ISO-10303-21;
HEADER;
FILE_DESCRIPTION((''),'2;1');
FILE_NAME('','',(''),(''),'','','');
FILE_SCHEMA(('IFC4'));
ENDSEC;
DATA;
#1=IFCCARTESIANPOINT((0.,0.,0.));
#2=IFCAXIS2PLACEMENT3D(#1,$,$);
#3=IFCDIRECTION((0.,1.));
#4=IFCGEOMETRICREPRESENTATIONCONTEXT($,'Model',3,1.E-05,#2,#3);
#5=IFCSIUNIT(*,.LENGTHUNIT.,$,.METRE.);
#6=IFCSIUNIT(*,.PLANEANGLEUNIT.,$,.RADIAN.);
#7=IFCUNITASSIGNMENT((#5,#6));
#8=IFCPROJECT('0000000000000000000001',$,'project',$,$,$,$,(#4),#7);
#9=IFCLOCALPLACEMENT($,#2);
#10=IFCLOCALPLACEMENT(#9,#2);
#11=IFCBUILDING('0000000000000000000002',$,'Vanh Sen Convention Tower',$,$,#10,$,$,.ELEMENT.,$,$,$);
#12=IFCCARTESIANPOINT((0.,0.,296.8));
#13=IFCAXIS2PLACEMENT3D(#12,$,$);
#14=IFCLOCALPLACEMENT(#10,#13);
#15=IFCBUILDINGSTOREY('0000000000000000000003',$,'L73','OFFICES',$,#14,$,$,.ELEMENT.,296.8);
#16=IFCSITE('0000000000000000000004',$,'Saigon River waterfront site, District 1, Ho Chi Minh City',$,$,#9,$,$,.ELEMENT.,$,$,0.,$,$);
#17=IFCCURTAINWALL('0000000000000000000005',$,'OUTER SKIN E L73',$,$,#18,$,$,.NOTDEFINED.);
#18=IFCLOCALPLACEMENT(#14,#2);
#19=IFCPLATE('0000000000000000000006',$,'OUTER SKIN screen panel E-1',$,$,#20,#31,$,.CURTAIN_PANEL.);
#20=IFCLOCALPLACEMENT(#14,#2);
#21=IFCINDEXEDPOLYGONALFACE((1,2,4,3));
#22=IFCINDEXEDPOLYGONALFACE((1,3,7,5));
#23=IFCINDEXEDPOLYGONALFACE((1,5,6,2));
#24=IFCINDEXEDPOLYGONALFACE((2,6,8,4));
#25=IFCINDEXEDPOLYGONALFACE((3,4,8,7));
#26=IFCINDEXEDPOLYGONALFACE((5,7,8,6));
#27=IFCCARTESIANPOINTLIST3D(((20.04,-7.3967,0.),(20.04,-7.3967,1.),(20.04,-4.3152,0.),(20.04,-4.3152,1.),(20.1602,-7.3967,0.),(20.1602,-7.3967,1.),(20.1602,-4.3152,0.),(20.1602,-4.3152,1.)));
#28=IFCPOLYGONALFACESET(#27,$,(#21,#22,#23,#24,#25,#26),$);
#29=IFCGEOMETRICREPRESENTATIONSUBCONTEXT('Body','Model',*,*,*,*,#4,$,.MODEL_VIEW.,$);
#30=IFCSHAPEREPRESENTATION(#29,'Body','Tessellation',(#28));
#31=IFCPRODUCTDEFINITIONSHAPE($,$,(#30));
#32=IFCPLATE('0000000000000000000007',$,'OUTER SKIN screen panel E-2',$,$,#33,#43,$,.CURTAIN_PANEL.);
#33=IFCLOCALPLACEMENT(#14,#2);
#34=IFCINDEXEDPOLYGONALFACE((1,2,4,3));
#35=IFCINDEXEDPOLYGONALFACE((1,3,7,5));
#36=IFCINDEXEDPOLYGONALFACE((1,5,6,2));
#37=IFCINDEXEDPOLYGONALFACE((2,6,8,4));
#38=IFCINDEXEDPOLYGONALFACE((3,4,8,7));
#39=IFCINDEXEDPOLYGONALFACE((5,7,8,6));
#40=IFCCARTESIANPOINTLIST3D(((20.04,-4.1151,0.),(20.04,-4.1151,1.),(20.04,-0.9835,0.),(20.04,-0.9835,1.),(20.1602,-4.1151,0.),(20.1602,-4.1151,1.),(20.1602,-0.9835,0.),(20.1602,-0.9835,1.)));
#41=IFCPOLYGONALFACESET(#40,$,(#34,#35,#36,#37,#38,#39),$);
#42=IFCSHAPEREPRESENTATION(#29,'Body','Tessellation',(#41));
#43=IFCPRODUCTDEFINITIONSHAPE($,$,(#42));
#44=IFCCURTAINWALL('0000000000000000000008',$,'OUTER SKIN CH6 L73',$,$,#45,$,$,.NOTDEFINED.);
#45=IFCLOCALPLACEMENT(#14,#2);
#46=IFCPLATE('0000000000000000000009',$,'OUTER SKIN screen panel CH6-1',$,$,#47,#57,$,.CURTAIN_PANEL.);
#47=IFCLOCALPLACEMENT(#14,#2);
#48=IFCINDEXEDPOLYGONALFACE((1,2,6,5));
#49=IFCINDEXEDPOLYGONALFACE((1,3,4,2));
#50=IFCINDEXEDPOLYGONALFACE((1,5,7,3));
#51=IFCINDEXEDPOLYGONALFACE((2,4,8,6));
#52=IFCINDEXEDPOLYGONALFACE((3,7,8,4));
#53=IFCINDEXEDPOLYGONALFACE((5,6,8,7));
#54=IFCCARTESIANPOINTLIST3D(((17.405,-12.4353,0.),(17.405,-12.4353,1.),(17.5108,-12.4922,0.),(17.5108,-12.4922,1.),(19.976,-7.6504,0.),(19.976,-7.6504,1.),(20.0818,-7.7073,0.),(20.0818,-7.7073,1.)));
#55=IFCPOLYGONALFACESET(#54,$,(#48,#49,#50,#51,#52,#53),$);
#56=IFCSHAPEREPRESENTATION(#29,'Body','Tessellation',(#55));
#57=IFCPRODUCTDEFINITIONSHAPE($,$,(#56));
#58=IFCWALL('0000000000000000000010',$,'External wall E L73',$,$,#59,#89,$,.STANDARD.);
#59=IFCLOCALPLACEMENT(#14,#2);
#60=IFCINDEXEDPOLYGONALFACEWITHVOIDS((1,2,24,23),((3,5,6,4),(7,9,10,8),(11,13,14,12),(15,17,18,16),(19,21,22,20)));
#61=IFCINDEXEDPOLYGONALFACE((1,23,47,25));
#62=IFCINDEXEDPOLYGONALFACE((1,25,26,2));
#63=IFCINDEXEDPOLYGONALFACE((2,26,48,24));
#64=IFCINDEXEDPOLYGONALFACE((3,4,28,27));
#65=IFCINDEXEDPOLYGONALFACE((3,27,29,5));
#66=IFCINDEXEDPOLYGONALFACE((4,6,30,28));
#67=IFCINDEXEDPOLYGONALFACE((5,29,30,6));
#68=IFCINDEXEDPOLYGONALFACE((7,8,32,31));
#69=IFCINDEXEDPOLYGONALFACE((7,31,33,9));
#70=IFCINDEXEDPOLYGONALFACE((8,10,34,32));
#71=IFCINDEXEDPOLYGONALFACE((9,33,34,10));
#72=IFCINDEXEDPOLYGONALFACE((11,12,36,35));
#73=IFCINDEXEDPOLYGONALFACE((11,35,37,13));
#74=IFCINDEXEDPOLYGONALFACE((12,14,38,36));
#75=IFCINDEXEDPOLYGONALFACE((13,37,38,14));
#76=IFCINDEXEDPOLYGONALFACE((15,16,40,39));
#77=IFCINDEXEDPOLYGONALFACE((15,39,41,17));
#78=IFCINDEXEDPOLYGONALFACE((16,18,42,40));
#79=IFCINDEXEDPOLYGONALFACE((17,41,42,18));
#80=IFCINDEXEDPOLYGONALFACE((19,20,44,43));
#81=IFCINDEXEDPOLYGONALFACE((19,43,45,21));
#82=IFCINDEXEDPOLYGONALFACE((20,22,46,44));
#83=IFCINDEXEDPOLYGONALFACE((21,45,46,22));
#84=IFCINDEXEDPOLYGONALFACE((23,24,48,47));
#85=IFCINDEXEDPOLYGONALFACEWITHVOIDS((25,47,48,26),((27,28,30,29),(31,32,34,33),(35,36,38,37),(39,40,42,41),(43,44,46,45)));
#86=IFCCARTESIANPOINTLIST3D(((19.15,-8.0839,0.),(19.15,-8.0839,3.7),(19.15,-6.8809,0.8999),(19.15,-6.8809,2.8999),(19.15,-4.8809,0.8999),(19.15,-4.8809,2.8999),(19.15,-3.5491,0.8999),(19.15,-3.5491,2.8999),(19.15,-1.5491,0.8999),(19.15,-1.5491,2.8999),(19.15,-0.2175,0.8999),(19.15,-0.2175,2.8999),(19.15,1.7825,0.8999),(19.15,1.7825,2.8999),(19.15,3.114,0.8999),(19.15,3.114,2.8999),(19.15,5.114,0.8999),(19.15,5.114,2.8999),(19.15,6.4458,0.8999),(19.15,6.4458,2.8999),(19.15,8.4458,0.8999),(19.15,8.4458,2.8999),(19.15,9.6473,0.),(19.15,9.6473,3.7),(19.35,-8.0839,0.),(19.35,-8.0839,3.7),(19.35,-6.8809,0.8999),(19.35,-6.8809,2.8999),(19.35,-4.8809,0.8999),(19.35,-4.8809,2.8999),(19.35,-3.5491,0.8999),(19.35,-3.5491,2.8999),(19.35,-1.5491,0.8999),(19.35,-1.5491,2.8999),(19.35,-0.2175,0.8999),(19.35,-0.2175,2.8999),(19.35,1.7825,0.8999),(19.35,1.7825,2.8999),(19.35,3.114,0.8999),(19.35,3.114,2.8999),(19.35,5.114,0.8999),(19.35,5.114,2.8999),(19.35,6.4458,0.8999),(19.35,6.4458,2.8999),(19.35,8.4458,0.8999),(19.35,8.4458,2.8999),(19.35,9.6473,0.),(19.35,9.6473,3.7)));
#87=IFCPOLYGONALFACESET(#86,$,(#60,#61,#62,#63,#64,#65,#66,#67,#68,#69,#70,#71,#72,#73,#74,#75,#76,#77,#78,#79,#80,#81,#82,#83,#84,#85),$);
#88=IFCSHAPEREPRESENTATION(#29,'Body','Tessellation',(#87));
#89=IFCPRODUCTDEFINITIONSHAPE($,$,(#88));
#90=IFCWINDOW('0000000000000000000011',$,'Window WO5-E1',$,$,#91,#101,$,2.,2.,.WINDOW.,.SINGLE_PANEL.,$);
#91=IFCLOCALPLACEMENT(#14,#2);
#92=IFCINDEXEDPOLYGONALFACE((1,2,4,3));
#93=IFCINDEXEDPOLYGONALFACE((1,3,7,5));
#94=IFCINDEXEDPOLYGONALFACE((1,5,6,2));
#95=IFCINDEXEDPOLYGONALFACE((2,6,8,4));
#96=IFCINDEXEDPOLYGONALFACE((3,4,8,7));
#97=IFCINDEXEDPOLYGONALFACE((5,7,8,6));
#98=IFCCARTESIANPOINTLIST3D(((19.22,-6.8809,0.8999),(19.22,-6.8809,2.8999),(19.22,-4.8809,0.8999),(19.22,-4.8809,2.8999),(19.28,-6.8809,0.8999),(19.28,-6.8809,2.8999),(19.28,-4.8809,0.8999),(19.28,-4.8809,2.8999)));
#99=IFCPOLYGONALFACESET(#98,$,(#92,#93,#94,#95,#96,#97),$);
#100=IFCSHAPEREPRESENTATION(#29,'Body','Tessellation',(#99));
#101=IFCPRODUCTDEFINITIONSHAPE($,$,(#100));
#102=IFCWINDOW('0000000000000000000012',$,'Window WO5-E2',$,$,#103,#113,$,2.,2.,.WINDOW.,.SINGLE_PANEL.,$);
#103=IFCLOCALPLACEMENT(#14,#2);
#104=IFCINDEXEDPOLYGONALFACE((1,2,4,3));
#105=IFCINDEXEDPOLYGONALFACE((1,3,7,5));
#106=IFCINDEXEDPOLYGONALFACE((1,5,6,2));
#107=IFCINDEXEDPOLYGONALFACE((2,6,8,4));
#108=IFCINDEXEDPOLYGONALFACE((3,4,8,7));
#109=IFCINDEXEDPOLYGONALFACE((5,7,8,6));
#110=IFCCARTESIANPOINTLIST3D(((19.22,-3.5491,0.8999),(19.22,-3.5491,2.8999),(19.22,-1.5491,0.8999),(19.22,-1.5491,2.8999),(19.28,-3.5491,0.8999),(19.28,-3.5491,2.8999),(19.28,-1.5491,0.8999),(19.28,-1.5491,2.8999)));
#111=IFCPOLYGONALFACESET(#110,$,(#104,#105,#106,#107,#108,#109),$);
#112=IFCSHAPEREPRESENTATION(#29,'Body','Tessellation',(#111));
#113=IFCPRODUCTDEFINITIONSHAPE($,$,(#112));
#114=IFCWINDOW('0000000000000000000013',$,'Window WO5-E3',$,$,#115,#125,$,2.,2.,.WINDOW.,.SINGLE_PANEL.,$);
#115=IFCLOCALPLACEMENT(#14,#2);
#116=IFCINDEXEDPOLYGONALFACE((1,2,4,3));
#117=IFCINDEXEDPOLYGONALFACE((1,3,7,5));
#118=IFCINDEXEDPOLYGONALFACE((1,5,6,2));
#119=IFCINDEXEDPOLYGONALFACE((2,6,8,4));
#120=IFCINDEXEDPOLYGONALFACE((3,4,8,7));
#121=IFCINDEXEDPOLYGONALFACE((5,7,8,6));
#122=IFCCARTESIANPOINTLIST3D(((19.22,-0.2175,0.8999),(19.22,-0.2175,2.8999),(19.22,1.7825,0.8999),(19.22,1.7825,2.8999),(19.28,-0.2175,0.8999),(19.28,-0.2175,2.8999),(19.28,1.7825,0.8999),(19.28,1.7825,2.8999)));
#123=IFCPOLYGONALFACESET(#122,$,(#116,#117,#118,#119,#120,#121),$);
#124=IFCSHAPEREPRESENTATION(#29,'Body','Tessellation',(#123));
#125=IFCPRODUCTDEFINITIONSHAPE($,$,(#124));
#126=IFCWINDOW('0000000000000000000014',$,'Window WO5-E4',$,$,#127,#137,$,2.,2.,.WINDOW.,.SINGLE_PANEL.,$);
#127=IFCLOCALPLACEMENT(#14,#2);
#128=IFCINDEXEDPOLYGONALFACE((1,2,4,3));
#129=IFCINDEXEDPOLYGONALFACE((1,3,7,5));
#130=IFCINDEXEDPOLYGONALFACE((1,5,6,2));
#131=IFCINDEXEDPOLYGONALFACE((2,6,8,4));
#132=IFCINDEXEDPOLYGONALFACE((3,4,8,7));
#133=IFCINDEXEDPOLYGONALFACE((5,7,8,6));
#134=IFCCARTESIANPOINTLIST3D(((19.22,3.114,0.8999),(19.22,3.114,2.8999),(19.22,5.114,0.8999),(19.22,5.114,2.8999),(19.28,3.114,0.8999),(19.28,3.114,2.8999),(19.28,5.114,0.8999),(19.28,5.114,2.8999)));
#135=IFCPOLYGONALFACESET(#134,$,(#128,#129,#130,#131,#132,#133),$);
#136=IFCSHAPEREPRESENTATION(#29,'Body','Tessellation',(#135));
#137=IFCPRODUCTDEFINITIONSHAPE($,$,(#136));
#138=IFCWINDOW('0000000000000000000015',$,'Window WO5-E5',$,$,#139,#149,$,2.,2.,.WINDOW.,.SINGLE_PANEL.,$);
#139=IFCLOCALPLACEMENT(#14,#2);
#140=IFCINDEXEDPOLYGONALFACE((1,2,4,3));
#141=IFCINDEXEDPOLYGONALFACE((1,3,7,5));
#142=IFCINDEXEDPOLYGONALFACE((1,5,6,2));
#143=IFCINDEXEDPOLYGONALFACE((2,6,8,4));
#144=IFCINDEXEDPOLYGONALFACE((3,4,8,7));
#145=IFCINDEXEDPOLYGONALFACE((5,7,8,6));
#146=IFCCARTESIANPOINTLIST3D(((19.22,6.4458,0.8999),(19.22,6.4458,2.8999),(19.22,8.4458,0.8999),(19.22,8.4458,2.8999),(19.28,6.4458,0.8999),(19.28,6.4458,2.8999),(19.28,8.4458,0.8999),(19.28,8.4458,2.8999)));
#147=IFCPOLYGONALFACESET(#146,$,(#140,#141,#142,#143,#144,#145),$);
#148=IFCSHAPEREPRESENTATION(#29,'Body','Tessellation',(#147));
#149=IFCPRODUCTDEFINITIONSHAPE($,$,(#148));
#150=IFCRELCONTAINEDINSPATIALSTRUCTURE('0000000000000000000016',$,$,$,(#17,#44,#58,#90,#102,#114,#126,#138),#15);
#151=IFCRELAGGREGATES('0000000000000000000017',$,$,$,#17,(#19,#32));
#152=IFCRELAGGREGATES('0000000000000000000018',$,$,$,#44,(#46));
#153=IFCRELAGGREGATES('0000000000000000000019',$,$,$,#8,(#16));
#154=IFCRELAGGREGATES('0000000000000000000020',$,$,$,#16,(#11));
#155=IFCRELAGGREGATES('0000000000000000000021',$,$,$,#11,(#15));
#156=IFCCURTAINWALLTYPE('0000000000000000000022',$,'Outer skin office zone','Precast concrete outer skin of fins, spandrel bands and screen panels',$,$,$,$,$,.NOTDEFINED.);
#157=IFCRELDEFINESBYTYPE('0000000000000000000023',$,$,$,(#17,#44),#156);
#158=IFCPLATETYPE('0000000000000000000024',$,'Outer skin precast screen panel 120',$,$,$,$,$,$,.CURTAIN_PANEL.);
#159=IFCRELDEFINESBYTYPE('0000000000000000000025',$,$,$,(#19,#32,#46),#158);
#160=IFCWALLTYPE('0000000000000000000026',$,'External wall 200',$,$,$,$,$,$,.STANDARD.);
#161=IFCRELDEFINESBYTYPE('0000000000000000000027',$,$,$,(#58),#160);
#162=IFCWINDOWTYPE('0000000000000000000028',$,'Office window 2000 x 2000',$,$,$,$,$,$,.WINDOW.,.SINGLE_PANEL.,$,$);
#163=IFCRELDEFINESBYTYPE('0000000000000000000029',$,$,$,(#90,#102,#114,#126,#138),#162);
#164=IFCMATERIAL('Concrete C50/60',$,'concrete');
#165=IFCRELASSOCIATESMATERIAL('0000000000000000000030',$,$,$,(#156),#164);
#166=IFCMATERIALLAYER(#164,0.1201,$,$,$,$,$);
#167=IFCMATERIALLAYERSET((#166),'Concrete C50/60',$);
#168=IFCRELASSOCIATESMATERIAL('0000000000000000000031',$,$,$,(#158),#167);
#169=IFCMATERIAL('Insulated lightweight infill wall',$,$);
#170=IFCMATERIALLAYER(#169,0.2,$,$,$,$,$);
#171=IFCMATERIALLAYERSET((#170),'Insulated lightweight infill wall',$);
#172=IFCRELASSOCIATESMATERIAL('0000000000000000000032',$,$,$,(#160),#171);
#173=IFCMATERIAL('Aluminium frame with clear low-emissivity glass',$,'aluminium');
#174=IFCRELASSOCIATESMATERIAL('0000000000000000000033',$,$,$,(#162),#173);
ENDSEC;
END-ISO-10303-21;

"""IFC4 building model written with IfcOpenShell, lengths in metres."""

from ifc_helpers import new_model, si_unit, direction, frame, frame_2d, origin, origin_2d, place, context, subcontext, project, spatial, rectangle, extrude, material, layer, layer_set, type_object, element, fill, aggregate, save


model = new_model("IFC4")

# Units and contexts
model_context = context("Model", 3, precision=1e-05, world=origin(), true_north=direction((0.0, 1.0)))
body_context = subcontext(model_context, "Body", "Model", "MODEL_VIEW")
ifc_project = project(units=[si_unit("LENGTHUNIT", "METRE"), si_unit("PLANEANGLEUNIT", "RADIAN")], contexts=[model_context])

# Site, building, storey
site_placement = place(None, origin())
site = spatial("IfcSite", under=ifc_project, at=site_placement, Name="Saigon River waterfront site, District 1, Ho Chi Minh City", CompositionType="ELEMENT", RefElevation=0.0)
building_placement = place(site_placement, origin())
building = spatial("IfcBuilding", under=site, at=building_placement, Name="Vanh Sen Convention Tower", CompositionType="ELEMENT")
storey_placement = place(building_placement, frame((0.0, 0.0, 296.8)))
storey = spatial("IfcBuildingStorey", under=building, at=storey_placement, Name="L73", Description="OFFICES", CompositionType="ELEMENT", Elevation=296.8)

# Curtain wall
ifc_material_1 = material(Name="Concrete C50/60", Category="concrete")
curtain_wall_type = type_object("IfcCurtainWallType", Name="Outer skin office zone", Description="Precast concrete outer skin of fins, spandrel bands and screen panels", PredefinedType="NOTDEFINED", material=ifc_material_1)
curtain_wall_1_placement = place(storey_placement, origin())
curtain_wall_1 = element("IfcCurtainWall", 1, at=curtain_wall_1_placement, inside=storey, type_object=curtain_wall_type, Name="OUTER SKIN E L73", PredefinedType="NOTDEFINED")

# Plates
ifc_layer_1 = layer(ifc_material_1, 0.1201)
ifc_layer_set_1 = layer_set([ifc_layer_1], Name="Concrete C50/60")
plate_type = type_object("IfcPlateType", Name="Outer skin precast screen panel 120", PredefinedType="CURTAIN_PANEL", material=ifc_layer_set_1)
plate_1_placement = place(storey_placement, frame((20.1001, -5.856, 0.0), z_axis=(0.0, 0.0, 1.0), x_axis=(0.0, 1.0, 0.0)))
plate_1 = element("IfcPlate", 2, at=plate_1_placement, type_object=plate_type, Name="OUTER SKIN screen panel E-1", PredefinedType="CURTAIN_PANEL", context=body_context, shape_type="SweptSolid", body=[
    extrude(rectangle(XDim=3.0815, YDim=0.1201, at=origin_2d()), origin(), (0.0, 0.0, 1.0), 1.0),
])
plate_2_placement = place(storey_placement, frame((20.1001, -2.5493, 0.0), z_axis=(0.0, 0.0, 1.0), x_axis=(0.0, 1.0, 0.0)))
plate_2 = element("IfcPlate", 3, at=plate_2_placement, type_object=plate_type, Name="OUTER SKIN screen panel E-2", PredefinedType="CURTAIN_PANEL", context=body_context, shape_type="SweptSolid", body=[
    extrude(rectangle(XDim=3.1316, YDim=0.1201, at=origin_2d()), origin(), (0.0, 0.0, 1.0), 1.0),
])
aggregate(curtain_wall_1, [plate_1, plate_2])

# Curtain wall, plate
curtain_wall_2_placement = place(storey_placement, origin())
curtain_wall_2 = element("IfcCurtainWall", 4, at=curtain_wall_2_placement, inside=storey, type_object=curtain_wall_type, Name="OUTER SKIN CH6 L73", PredefinedType="NOTDEFINED")
plate_3_placement = place(storey_placement, frame((18.7434, -10.0713, 0.0), z_axis=(0.0, 0.0, 1.0), x_axis=(0.473324, 0.880888, 0.0)))
plate_3 = element("IfcPlate", 5, at=plate_3_placement, type_object=plate_type, Name="OUTER SKIN screen panel CH6-1", PredefinedType="CURTAIN_PANEL", context=body_context, shape_type="SweptSolid", body=[
    extrude(rectangle(XDim=5.4319, YDim=0.1201, at=origin_2d()), origin(), (0.0, 0.0, 1.0), 1.0),
])
aggregate(curtain_wall_2, [plate_3])

# Wall, openings, windows
ifc_material_2 = material(Name="Insulated lightweight infill wall")
ifc_layer_2 = layer(ifc_material_2, 0.2)
ifc_layer_set_2 = layer_set([ifc_layer_2], Name="Insulated lightweight infill wall")
wall_type = type_object("IfcWallType", Name="External wall 200", PredefinedType="STANDARD", material=ifc_layer_set_2)
wall_1_placement = place(storey_placement, frame((19.25, -8.084, 0.0), z_axis=(0.0, 0.0, 1.0), x_axis=(0.0, 1.0, 0.0)))
wall_1 = element("IfcWall", 6, at=wall_1_placement, inside=storey, type_object=wall_type, Name="External wall E L73", PredefinedType="STANDARD", context=body_context, shape_type="SweptSolid", body=[
    extrude(rectangle(XDim=17.7312, YDim=0.2, at=frame_2d((8.8657, 0.0))), origin(), (0.0, 0.0, 1.0), 3.7),
])
opening_1_placement = place(wall_1_placement, frame((1.2031, 0.0, 0.8999)))
opening_1 = element("IfcOpeningElement", 7, at=opening_1_placement, cuts=wall_1, PredefinedType="OPENING", context=body_context, shape_type="SweptSolid", body=[
    extrude(rectangle(XDim=2.0, YDim=2.0, at=frame_2d((1.0, 1.0))), frame((0.0, 0.1099, 0.0), z_axis=(0.0, -1.0, 0.0), x_axis=(1.0, 0.0, 0.0)), (0.0, 0.0, 1.0), 0.22),
])
opening_2_placement = place(wall_1_placement, frame((4.5349, 0.0, 0.8999)))
opening_2 = element("IfcOpeningElement", 8, at=opening_2_placement, cuts=wall_1, PredefinedType="OPENING", context=body_context, shape_type="SweptSolid", body=[
    extrude(rectangle(XDim=2.0, YDim=2.0, at=frame_2d((1.0, 1.0))), frame((0.0, 0.1099, 0.0), z_axis=(0.0, -1.0, 0.0), x_axis=(1.0, 0.0, 0.0)), (0.0, 0.0, 1.0), 0.22),
])
opening_3_placement = place(wall_1_placement, frame((7.8665, 0.0, 0.8999)))
opening_3 = element("IfcOpeningElement", 9, at=opening_3_placement, cuts=wall_1, PredefinedType="OPENING", context=body_context, shape_type="SweptSolid", body=[
    extrude(rectangle(XDim=2.0, YDim=2.0, at=frame_2d((1.0, 1.0))), frame((0.0, 0.1099, 0.0), z_axis=(0.0, -1.0, 0.0), x_axis=(1.0, 0.0, 0.0)), (0.0, 0.0, 1.0), 0.22),
])
opening_4_placement = place(wall_1_placement, frame((11.198, 0.0, 0.8999)))
opening_4 = element("IfcOpeningElement", 10, at=opening_4_placement, cuts=wall_1, PredefinedType="OPENING", context=body_context, shape_type="SweptSolid", body=[
    extrude(rectangle(XDim=2.0, YDim=2.0, at=frame_2d((1.0, 1.0))), frame((0.0, 0.1099, 0.0), z_axis=(0.0, -1.0, 0.0), x_axis=(1.0, 0.0, 0.0)), (0.0, 0.0, 1.0), 0.22),
])
opening_5_placement = place(wall_1_placement, frame((14.5298, 0.0, 0.8999)))
opening_5 = element("IfcOpeningElement", 11, at=opening_5_placement, cuts=wall_1, PredefinedType="OPENING", context=body_context, shape_type="SweptSolid", body=[
    extrude(rectangle(XDim=2.0, YDim=2.0, at=frame_2d((1.0, 1.0))), frame((0.0, 0.1099, 0.0), z_axis=(0.0, -1.0, 0.0), x_axis=(1.0, 0.0, 0.0)), (0.0, 0.0, 1.0), 0.22),
])
ifc_material_3 = material(Name="Aluminium frame with clear low-emissivity glass", Category="aluminium")
window_type_1 = type_object("IfcWindowType", Name="Office window 2000 x 2000", PartitioningType="SINGLE_PANEL", PredefinedType="WINDOW", material=ifc_material_3)
window_1_placement = place(opening_1_placement, origin())
window_1 = element("IfcWindow", 12, at=window_1_placement, inside=storey, type_object=window_type_1, Name="Window WO5-E1", OverallHeight=2.0, OverallWidth=2.0, PartitioningType="SINGLE_PANEL", PredefinedType="WINDOW", context=body_context, shape_type="SweptSolid", body=[
    extrude(rectangle(XDim=2.0, YDim=2.0, at=frame_2d((1.0, 1.0))), frame((0.0, 0.03, 0.0), z_axis=(0.0, -1.0, 0.0), x_axis=(1.0, 0.0, 0.0)), (0.0, 0.0, 1.0), 0.0601),
])
fill(opening_1, window_1)
window_2_placement = place(opening_2_placement, origin())
window_2 = element("IfcWindow", 13, at=window_2_placement, inside=storey, type_object=window_type_1, Name="Window WO5-E2", OverallHeight=2.0, OverallWidth=2.0, PartitioningType="SINGLE_PANEL", PredefinedType="WINDOW", context=body_context, shape_type="SweptSolid", body=[
    extrude(rectangle(XDim=2.0, YDim=2.0, at=frame_2d((1.0, 1.0))), frame((0.0, 0.03, 0.0), z_axis=(0.0, -1.0, 0.0), x_axis=(1.0, 0.0, 0.0)), (0.0, 0.0, 1.0), 0.0601),
])
fill(opening_2, window_2)
window_3_placement = place(opening_3_placement, origin())
window_3 = element("IfcWindow", 14, at=window_3_placement, inside=storey, type_object=window_type_1, Name="Window WO5-E3", OverallHeight=2.0, OverallWidth=2.0, PartitioningType="SINGLE_PANEL", PredefinedType="WINDOW", context=body_context, shape_type="SweptSolid", body=[
    extrude(rectangle(XDim=2.0, YDim=2.0, at=frame_2d((1.0, 1.0))), frame((0.0, 0.03, 0.0), z_axis=(0.0, -1.0, 0.0), x_axis=(1.0, 0.0, 0.0)), (0.0, 0.0, 1.0), 0.0601),
])
fill(opening_3, window_3)
window_4_placement = place(opening_4_placement, origin())
window_4 = element("IfcWindow", 15, at=window_4_placement, inside=storey, type_object=window_type_1, Name="Window WO5-E4", OverallHeight=2.0, OverallWidth=2.0, PartitioningType="SINGLE_PANEL", PredefinedType="WINDOW", context=body_context, shape_type="SweptSolid", body=[
    extrude(rectangle(XDim=2.0, YDim=2.0, at=frame_2d((1.0, 1.0))), frame((0.0, 0.03, 0.0), z_axis=(0.0, -1.0, 0.0), x_axis=(1.0, 0.0, 0.0)), (0.0, 0.0, 1.0), 0.0601),
])
fill(opening_4, window_4)
window_5_placement = place(opening_5_placement, origin())
window_5 = element("IfcWindow", 16, at=window_5_placement, inside=storey, type_object=window_type_1, Name="Window WO5-E5", OverallHeight=2.0, OverallWidth=2.0, PartitioningType="SINGLE_PANEL", PredefinedType="WINDOW", context=body_context, shape_type="SweptSolid", body=[
    extrude(rectangle(XDim=2.0, YDim=2.0, at=frame_2d((1.0, 1.0))), frame((0.0, 0.03, 0.0), z_axis=(0.0, -1.0, 0.0), x_axis=(1.0, 0.0, 0.0)), (0.0, 0.0, 1.0), 0.0601),
])
fill(opening_5, window_5)

save(model, "model.ifc")
